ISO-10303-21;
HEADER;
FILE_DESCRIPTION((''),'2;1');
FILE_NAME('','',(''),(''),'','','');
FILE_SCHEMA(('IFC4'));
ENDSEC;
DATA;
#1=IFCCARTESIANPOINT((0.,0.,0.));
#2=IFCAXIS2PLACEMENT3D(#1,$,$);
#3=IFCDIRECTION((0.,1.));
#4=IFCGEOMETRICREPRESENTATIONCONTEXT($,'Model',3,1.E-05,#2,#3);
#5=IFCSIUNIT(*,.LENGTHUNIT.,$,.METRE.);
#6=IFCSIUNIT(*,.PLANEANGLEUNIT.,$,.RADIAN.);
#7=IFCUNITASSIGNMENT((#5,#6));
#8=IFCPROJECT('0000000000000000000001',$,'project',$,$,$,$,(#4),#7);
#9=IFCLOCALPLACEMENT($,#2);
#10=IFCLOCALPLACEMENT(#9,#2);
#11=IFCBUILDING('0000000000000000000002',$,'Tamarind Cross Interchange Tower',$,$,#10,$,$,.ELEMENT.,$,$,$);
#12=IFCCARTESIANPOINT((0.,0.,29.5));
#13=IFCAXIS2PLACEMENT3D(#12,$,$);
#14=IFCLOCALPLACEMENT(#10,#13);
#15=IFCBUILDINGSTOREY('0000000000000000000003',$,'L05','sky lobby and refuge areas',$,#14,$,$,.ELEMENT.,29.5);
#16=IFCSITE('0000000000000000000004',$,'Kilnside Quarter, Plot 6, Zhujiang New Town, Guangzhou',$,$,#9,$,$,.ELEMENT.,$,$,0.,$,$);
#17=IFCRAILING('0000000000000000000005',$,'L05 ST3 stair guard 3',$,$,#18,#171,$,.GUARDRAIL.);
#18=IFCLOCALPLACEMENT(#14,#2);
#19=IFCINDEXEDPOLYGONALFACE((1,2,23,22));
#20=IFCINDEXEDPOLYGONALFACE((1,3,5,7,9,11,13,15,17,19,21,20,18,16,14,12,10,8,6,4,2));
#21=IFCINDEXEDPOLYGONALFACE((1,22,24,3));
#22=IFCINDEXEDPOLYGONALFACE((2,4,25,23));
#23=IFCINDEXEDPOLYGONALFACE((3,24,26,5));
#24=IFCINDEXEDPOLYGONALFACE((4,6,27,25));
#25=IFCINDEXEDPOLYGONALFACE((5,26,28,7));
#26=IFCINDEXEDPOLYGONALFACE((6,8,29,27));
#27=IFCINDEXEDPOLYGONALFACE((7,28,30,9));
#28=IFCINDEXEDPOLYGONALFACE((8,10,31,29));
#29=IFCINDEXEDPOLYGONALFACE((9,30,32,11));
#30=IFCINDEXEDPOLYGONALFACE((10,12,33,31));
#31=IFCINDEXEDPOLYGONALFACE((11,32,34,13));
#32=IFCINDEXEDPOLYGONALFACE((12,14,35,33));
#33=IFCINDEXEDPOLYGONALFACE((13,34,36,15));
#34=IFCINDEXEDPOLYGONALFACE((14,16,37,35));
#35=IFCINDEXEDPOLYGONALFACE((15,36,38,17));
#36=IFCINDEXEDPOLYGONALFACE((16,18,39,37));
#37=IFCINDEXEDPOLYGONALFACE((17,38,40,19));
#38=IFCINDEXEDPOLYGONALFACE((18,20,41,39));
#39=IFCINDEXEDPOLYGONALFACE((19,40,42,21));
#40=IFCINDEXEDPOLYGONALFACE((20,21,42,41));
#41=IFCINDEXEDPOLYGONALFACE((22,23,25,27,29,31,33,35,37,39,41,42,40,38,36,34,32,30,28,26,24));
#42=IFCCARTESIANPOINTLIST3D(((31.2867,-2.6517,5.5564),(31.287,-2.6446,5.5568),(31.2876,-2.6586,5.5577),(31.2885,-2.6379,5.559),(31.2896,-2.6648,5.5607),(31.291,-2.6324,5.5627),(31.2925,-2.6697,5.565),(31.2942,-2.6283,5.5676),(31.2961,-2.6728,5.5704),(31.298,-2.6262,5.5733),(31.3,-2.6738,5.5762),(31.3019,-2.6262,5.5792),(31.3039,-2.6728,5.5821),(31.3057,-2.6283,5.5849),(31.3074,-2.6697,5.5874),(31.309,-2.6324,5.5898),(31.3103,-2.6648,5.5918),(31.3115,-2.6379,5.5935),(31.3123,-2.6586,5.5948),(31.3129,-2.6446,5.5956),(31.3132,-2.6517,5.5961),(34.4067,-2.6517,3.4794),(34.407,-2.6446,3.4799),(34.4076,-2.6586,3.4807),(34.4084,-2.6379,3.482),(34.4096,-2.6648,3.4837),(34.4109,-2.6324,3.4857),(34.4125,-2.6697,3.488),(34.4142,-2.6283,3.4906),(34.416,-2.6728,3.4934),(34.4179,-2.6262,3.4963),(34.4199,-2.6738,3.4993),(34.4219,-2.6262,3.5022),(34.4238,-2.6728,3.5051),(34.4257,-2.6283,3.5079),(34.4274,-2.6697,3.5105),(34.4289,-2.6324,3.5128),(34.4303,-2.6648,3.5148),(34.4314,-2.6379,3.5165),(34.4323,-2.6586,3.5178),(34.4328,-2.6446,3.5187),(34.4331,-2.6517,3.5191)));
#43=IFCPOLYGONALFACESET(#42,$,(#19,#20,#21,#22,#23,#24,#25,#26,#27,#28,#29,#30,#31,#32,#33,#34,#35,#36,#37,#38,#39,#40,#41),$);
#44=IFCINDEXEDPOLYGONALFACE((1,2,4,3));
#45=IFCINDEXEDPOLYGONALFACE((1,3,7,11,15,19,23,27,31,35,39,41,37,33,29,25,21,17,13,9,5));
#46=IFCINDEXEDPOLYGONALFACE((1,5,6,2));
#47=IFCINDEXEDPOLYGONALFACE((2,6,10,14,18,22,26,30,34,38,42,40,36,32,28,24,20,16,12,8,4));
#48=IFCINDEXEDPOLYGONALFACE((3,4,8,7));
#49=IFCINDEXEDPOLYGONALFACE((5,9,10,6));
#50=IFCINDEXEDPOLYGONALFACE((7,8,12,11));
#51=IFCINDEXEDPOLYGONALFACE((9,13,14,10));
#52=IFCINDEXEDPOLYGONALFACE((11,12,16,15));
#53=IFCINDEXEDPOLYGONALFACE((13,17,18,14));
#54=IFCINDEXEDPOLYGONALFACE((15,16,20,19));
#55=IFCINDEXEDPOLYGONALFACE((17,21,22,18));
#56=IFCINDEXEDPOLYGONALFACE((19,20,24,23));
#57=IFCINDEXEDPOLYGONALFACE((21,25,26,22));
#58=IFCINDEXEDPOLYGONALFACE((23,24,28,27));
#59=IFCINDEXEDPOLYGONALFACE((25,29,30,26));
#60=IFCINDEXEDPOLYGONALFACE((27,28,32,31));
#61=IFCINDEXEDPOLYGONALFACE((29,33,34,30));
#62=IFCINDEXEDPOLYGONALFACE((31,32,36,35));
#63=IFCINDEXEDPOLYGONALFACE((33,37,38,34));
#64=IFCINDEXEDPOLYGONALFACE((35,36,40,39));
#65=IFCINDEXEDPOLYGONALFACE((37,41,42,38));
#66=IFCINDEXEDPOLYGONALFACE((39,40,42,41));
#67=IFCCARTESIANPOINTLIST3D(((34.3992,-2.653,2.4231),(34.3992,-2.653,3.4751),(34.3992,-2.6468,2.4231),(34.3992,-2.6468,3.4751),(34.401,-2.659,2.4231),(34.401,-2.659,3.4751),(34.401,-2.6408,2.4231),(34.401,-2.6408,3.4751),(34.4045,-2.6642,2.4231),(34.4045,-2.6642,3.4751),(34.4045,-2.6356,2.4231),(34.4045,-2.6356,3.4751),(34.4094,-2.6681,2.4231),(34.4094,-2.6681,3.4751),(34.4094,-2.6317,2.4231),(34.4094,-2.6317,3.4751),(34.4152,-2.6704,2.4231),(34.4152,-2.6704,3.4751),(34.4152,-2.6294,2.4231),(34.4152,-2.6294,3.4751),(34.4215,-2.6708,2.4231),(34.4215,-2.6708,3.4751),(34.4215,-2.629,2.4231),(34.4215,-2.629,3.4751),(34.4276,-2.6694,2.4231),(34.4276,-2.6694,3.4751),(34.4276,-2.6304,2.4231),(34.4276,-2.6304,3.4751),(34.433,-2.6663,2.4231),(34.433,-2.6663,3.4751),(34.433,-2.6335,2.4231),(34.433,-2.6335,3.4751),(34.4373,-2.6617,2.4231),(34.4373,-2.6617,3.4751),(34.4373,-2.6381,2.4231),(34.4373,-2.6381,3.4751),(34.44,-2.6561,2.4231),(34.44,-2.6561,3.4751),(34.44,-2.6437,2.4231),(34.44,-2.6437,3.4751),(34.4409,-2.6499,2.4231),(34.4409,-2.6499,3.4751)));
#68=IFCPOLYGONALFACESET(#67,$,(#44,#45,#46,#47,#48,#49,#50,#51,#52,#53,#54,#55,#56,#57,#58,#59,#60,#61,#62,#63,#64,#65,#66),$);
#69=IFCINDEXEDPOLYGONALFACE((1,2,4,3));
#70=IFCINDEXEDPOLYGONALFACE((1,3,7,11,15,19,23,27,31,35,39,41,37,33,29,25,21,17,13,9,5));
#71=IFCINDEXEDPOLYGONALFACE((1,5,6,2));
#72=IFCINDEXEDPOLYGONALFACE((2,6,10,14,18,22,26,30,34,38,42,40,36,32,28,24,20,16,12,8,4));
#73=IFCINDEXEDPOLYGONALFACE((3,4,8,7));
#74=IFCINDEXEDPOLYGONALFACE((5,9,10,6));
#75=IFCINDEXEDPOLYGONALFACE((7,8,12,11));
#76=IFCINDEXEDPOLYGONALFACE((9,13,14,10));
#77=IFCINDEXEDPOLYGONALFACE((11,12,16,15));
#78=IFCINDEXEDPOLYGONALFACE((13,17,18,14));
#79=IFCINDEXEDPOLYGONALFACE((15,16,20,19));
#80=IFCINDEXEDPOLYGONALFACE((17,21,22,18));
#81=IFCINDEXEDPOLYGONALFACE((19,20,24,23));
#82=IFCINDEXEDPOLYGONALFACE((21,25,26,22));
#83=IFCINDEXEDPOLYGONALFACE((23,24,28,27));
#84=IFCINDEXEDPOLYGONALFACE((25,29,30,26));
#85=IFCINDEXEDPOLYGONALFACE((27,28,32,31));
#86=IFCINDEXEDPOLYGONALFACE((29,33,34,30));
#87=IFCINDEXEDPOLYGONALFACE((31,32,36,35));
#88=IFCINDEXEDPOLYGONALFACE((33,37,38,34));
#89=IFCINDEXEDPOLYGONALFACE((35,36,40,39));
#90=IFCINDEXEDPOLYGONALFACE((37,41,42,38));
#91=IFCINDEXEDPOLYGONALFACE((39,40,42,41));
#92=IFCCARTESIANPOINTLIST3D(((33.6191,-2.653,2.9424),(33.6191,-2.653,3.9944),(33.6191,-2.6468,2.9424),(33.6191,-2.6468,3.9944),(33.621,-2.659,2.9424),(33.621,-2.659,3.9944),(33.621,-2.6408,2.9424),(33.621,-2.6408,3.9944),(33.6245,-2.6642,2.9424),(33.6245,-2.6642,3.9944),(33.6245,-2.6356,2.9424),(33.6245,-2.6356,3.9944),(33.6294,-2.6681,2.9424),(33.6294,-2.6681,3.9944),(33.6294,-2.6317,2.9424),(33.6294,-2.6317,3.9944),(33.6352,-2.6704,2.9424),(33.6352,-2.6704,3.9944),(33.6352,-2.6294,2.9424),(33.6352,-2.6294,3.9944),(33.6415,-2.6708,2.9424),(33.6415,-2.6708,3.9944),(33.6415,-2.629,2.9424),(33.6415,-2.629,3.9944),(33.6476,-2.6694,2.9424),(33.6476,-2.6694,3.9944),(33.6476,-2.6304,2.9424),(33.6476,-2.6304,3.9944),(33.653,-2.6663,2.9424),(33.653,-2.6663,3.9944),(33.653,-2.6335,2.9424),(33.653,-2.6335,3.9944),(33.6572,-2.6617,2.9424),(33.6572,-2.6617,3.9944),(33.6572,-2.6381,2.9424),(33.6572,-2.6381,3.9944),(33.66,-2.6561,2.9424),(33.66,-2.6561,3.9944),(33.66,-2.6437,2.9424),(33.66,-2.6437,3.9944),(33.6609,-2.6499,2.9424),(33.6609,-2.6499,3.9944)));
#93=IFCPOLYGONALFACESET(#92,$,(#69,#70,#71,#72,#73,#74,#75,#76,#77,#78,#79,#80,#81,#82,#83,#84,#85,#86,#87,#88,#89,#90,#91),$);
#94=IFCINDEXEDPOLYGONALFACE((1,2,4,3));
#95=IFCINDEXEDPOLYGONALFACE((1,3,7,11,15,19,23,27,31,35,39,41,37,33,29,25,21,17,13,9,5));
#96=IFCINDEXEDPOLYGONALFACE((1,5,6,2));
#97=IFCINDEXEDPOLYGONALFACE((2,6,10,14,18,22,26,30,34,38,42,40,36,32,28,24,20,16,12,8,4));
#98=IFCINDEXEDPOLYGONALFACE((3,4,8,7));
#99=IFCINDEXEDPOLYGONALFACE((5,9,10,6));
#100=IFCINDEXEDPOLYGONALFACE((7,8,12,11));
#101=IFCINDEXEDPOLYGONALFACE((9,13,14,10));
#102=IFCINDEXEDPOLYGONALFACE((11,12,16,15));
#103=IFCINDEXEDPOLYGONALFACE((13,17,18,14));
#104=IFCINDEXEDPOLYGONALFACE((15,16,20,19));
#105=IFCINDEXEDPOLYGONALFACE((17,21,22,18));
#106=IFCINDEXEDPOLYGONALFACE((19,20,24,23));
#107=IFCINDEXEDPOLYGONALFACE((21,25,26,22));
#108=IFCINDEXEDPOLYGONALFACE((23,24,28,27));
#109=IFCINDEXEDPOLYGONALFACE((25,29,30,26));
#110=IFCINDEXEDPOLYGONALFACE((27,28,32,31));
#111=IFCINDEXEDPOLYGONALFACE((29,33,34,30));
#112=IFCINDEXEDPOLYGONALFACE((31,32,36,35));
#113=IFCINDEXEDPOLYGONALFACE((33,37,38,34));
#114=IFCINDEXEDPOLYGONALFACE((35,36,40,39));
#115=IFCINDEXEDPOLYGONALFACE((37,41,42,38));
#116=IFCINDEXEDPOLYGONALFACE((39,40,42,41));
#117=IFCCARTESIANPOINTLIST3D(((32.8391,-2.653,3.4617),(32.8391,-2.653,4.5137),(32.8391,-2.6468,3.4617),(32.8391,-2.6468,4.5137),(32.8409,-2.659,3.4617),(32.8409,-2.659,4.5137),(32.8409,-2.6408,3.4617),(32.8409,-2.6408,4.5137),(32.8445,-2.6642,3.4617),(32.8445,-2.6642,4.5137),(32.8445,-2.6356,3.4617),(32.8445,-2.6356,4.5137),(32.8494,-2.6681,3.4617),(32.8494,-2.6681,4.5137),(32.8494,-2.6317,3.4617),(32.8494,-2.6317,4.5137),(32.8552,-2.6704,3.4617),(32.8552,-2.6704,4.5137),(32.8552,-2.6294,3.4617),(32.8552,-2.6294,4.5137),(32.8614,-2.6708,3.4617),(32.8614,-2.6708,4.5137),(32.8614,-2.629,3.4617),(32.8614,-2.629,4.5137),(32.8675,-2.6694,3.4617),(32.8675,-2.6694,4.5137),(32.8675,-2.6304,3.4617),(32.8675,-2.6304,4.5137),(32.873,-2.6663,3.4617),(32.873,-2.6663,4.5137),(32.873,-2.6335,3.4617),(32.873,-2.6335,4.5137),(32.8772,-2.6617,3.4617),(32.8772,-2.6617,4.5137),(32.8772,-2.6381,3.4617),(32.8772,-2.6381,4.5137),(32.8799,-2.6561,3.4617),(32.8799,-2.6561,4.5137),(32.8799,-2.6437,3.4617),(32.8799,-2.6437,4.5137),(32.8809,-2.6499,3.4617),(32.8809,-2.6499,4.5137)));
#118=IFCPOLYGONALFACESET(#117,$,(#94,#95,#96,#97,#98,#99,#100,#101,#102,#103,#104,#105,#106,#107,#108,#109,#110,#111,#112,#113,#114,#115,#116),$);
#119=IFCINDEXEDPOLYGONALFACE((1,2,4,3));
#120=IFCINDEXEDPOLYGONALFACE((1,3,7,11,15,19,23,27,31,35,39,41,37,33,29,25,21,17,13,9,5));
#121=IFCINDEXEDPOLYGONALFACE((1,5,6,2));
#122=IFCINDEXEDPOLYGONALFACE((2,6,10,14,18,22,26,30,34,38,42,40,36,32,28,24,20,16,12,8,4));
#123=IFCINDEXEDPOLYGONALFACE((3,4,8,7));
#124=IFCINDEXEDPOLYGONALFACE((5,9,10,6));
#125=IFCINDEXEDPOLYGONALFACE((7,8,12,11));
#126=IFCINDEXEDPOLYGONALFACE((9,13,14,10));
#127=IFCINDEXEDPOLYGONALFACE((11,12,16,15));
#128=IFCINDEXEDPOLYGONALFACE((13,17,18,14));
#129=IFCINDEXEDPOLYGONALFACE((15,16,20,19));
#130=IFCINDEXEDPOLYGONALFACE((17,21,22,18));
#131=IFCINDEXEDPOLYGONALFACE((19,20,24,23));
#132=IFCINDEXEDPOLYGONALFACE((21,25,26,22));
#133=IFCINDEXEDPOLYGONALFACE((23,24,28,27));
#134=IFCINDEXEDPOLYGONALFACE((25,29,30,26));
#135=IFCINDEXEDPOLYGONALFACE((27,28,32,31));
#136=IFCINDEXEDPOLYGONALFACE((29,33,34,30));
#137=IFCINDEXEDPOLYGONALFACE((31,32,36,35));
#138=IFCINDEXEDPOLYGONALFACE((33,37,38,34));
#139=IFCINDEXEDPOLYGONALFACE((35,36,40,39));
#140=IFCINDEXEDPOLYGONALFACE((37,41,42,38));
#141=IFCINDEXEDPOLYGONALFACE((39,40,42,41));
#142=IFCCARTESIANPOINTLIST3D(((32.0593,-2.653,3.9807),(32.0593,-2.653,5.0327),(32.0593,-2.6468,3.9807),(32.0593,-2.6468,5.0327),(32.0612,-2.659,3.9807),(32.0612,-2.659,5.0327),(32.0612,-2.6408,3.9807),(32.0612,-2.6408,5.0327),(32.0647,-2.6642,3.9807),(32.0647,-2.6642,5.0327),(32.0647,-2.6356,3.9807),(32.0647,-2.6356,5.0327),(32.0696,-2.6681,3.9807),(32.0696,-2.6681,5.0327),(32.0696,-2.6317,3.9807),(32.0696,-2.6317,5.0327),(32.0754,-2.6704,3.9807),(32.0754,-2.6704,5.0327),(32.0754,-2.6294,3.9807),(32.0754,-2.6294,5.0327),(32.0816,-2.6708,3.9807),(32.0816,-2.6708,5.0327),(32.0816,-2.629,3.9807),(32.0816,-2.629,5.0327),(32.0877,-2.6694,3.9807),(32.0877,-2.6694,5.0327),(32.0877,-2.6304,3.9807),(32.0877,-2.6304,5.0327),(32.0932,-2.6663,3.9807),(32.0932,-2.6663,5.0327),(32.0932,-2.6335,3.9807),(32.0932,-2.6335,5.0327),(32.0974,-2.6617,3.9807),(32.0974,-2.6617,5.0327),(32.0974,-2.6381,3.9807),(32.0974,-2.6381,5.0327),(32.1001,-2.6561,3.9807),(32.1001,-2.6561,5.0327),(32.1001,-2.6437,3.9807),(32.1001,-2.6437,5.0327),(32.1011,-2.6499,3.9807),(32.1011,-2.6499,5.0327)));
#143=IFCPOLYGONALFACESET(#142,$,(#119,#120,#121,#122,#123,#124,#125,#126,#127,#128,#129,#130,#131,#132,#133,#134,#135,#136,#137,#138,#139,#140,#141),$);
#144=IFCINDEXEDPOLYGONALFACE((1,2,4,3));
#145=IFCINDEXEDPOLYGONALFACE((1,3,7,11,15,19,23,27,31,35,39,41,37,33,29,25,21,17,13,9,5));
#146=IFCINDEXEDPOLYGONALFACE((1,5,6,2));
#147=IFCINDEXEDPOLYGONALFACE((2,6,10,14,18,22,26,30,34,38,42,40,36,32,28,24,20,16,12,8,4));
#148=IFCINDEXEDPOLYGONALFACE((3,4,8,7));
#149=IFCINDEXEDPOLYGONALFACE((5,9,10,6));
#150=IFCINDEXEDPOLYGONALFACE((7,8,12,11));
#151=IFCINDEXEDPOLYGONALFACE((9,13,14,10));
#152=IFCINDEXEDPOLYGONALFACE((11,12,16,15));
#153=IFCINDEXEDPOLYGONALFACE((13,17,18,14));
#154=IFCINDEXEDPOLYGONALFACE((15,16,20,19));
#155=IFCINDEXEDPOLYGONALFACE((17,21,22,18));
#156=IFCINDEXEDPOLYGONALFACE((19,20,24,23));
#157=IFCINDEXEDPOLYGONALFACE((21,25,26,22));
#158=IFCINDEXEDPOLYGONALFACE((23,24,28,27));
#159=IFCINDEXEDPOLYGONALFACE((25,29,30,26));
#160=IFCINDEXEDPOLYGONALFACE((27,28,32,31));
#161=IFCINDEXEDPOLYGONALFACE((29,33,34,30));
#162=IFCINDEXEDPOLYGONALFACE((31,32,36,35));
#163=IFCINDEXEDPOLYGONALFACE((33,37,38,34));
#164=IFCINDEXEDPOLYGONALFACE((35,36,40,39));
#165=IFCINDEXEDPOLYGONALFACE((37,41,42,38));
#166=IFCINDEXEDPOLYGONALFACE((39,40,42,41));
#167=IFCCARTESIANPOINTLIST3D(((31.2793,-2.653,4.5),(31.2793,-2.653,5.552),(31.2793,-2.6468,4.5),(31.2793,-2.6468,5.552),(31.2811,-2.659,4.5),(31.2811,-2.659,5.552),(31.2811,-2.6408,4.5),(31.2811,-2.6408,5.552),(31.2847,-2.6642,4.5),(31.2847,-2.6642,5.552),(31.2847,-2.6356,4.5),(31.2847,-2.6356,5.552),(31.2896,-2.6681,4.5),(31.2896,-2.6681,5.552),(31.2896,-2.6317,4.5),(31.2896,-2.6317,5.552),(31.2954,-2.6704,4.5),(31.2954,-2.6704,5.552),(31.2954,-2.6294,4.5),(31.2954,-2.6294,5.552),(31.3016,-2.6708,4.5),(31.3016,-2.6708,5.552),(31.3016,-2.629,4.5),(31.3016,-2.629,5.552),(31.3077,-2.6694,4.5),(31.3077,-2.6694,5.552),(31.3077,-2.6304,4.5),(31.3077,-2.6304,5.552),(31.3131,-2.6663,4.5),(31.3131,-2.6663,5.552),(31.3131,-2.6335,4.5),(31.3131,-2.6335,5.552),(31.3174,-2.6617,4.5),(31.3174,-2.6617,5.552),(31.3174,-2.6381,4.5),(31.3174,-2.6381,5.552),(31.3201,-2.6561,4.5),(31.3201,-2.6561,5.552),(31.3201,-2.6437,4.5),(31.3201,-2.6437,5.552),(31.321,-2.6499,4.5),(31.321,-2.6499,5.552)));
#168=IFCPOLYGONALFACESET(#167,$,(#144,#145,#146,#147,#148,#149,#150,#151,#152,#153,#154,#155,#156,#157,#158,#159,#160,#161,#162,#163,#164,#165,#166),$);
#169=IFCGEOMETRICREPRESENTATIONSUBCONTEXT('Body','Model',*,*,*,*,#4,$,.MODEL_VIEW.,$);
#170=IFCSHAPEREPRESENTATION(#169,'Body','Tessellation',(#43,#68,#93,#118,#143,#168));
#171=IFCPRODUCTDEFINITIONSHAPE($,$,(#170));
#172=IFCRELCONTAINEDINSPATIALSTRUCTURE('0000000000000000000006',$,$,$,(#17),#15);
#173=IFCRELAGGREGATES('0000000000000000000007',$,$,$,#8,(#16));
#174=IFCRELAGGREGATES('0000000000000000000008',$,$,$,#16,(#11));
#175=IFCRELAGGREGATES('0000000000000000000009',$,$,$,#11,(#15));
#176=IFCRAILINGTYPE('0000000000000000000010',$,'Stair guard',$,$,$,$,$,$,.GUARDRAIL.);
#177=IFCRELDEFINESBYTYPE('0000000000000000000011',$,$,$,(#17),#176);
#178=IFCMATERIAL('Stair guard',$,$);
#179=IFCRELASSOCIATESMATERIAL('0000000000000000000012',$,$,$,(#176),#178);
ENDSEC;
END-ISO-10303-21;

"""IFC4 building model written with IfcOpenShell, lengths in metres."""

from ifc_helpers import new_model, si_unit, direction, frame, origin, origin_2d, place, context, subcontext, project, spatial, circle, extrude, material, type_object, element, save


model = new_model("IFC4")

# Units and contexts
model_context = context("Model", 3, precision=1e-05, world=origin(), true_north=direction((0.0, 1.0)))
body_context = subcontext(model_context, "Body", "Model", "MODEL_VIEW")
ifc_project = project(units=[si_unit("LENGTHUNIT", "METRE"), si_unit("PLANEANGLEUNIT", "RADIAN")], contexts=[model_context])

# Site, building, storey
site_placement = place(None, origin())
site = spatial("IfcSite", under=ifc_project, at=site_placement, Name="Kilnside Quarter, Plot 6, Zhujiang New Town, Guangzhou", CompositionType="ELEMENT", RefElevation=0.0)
building_placement = place(site_placement, origin())
building = spatial("IfcBuilding", under=site, at=building_placement, Name="Tamarind Cross Interchange Tower", CompositionType="ELEMENT")
storey_placement = place(building_placement, frame((0.0, 0.0, 29.5)))
storey = spatial("IfcBuildingStorey", under=building, at=storey_placement, Name="L05", Description="sky lobby and refuge areas", CompositionType="ELEMENT", Elevation=29.5)

# Railing
ifc_material_1 = material(Name="Stair guard")
railing_type_1 = type_object("IfcRailingType", Name="Stair guard", PredefinedType="GUARDRAIL", material=ifc_material_1)
railing_1_placement = place(storey_placement, frame((34.4199, -2.6499, 2.4231)))
element("IfcRailing", 1, at=railing_1_placement, inside=storey, type_object=railing_type_1, Name="L05 ST3 stair guard 3", PredefinedType="GUARDRAIL", context=body_context, shape_type="SweptSolid", body=[
    extrude(circle(Radius=0.0239, at=origin_2d()), frame((0.0, 0.0, 1.0762), z_axis=(-0.832421, 0.0, 0.554144), x_axis=(0.0, -1.0, 0.0)), (0.0, 0.0, 1.0), 3.748),
    extrude(circle(Radius=0.021, at=origin_2d()), origin(), (0.0, 0.0, 1.0), 1.052),
    extrude(circle(Radius=0.021, at=origin_2d()), frame((-0.78, 0.0, 0.5193)), (0.0, 0.0, 1.0), 1.052),
    extrude(circle(Radius=0.021, at=origin_2d()), frame((-1.5601, 0.0, 1.0386)), (0.0, 0.0, 1.0), 1.052),
    extrude(circle(Radius=0.021, at=origin_2d()), frame((-2.3398, 0.0, 1.5576)), (0.0, 0.0, 1.0), 1.052),
    extrude(circle(Radius=0.021, at=origin_2d()), frame((-3.1199, 0.0, 2.0769)), (0.0, 0.0, 1.0), 1.052),
])

save(model, "model.ifc")
